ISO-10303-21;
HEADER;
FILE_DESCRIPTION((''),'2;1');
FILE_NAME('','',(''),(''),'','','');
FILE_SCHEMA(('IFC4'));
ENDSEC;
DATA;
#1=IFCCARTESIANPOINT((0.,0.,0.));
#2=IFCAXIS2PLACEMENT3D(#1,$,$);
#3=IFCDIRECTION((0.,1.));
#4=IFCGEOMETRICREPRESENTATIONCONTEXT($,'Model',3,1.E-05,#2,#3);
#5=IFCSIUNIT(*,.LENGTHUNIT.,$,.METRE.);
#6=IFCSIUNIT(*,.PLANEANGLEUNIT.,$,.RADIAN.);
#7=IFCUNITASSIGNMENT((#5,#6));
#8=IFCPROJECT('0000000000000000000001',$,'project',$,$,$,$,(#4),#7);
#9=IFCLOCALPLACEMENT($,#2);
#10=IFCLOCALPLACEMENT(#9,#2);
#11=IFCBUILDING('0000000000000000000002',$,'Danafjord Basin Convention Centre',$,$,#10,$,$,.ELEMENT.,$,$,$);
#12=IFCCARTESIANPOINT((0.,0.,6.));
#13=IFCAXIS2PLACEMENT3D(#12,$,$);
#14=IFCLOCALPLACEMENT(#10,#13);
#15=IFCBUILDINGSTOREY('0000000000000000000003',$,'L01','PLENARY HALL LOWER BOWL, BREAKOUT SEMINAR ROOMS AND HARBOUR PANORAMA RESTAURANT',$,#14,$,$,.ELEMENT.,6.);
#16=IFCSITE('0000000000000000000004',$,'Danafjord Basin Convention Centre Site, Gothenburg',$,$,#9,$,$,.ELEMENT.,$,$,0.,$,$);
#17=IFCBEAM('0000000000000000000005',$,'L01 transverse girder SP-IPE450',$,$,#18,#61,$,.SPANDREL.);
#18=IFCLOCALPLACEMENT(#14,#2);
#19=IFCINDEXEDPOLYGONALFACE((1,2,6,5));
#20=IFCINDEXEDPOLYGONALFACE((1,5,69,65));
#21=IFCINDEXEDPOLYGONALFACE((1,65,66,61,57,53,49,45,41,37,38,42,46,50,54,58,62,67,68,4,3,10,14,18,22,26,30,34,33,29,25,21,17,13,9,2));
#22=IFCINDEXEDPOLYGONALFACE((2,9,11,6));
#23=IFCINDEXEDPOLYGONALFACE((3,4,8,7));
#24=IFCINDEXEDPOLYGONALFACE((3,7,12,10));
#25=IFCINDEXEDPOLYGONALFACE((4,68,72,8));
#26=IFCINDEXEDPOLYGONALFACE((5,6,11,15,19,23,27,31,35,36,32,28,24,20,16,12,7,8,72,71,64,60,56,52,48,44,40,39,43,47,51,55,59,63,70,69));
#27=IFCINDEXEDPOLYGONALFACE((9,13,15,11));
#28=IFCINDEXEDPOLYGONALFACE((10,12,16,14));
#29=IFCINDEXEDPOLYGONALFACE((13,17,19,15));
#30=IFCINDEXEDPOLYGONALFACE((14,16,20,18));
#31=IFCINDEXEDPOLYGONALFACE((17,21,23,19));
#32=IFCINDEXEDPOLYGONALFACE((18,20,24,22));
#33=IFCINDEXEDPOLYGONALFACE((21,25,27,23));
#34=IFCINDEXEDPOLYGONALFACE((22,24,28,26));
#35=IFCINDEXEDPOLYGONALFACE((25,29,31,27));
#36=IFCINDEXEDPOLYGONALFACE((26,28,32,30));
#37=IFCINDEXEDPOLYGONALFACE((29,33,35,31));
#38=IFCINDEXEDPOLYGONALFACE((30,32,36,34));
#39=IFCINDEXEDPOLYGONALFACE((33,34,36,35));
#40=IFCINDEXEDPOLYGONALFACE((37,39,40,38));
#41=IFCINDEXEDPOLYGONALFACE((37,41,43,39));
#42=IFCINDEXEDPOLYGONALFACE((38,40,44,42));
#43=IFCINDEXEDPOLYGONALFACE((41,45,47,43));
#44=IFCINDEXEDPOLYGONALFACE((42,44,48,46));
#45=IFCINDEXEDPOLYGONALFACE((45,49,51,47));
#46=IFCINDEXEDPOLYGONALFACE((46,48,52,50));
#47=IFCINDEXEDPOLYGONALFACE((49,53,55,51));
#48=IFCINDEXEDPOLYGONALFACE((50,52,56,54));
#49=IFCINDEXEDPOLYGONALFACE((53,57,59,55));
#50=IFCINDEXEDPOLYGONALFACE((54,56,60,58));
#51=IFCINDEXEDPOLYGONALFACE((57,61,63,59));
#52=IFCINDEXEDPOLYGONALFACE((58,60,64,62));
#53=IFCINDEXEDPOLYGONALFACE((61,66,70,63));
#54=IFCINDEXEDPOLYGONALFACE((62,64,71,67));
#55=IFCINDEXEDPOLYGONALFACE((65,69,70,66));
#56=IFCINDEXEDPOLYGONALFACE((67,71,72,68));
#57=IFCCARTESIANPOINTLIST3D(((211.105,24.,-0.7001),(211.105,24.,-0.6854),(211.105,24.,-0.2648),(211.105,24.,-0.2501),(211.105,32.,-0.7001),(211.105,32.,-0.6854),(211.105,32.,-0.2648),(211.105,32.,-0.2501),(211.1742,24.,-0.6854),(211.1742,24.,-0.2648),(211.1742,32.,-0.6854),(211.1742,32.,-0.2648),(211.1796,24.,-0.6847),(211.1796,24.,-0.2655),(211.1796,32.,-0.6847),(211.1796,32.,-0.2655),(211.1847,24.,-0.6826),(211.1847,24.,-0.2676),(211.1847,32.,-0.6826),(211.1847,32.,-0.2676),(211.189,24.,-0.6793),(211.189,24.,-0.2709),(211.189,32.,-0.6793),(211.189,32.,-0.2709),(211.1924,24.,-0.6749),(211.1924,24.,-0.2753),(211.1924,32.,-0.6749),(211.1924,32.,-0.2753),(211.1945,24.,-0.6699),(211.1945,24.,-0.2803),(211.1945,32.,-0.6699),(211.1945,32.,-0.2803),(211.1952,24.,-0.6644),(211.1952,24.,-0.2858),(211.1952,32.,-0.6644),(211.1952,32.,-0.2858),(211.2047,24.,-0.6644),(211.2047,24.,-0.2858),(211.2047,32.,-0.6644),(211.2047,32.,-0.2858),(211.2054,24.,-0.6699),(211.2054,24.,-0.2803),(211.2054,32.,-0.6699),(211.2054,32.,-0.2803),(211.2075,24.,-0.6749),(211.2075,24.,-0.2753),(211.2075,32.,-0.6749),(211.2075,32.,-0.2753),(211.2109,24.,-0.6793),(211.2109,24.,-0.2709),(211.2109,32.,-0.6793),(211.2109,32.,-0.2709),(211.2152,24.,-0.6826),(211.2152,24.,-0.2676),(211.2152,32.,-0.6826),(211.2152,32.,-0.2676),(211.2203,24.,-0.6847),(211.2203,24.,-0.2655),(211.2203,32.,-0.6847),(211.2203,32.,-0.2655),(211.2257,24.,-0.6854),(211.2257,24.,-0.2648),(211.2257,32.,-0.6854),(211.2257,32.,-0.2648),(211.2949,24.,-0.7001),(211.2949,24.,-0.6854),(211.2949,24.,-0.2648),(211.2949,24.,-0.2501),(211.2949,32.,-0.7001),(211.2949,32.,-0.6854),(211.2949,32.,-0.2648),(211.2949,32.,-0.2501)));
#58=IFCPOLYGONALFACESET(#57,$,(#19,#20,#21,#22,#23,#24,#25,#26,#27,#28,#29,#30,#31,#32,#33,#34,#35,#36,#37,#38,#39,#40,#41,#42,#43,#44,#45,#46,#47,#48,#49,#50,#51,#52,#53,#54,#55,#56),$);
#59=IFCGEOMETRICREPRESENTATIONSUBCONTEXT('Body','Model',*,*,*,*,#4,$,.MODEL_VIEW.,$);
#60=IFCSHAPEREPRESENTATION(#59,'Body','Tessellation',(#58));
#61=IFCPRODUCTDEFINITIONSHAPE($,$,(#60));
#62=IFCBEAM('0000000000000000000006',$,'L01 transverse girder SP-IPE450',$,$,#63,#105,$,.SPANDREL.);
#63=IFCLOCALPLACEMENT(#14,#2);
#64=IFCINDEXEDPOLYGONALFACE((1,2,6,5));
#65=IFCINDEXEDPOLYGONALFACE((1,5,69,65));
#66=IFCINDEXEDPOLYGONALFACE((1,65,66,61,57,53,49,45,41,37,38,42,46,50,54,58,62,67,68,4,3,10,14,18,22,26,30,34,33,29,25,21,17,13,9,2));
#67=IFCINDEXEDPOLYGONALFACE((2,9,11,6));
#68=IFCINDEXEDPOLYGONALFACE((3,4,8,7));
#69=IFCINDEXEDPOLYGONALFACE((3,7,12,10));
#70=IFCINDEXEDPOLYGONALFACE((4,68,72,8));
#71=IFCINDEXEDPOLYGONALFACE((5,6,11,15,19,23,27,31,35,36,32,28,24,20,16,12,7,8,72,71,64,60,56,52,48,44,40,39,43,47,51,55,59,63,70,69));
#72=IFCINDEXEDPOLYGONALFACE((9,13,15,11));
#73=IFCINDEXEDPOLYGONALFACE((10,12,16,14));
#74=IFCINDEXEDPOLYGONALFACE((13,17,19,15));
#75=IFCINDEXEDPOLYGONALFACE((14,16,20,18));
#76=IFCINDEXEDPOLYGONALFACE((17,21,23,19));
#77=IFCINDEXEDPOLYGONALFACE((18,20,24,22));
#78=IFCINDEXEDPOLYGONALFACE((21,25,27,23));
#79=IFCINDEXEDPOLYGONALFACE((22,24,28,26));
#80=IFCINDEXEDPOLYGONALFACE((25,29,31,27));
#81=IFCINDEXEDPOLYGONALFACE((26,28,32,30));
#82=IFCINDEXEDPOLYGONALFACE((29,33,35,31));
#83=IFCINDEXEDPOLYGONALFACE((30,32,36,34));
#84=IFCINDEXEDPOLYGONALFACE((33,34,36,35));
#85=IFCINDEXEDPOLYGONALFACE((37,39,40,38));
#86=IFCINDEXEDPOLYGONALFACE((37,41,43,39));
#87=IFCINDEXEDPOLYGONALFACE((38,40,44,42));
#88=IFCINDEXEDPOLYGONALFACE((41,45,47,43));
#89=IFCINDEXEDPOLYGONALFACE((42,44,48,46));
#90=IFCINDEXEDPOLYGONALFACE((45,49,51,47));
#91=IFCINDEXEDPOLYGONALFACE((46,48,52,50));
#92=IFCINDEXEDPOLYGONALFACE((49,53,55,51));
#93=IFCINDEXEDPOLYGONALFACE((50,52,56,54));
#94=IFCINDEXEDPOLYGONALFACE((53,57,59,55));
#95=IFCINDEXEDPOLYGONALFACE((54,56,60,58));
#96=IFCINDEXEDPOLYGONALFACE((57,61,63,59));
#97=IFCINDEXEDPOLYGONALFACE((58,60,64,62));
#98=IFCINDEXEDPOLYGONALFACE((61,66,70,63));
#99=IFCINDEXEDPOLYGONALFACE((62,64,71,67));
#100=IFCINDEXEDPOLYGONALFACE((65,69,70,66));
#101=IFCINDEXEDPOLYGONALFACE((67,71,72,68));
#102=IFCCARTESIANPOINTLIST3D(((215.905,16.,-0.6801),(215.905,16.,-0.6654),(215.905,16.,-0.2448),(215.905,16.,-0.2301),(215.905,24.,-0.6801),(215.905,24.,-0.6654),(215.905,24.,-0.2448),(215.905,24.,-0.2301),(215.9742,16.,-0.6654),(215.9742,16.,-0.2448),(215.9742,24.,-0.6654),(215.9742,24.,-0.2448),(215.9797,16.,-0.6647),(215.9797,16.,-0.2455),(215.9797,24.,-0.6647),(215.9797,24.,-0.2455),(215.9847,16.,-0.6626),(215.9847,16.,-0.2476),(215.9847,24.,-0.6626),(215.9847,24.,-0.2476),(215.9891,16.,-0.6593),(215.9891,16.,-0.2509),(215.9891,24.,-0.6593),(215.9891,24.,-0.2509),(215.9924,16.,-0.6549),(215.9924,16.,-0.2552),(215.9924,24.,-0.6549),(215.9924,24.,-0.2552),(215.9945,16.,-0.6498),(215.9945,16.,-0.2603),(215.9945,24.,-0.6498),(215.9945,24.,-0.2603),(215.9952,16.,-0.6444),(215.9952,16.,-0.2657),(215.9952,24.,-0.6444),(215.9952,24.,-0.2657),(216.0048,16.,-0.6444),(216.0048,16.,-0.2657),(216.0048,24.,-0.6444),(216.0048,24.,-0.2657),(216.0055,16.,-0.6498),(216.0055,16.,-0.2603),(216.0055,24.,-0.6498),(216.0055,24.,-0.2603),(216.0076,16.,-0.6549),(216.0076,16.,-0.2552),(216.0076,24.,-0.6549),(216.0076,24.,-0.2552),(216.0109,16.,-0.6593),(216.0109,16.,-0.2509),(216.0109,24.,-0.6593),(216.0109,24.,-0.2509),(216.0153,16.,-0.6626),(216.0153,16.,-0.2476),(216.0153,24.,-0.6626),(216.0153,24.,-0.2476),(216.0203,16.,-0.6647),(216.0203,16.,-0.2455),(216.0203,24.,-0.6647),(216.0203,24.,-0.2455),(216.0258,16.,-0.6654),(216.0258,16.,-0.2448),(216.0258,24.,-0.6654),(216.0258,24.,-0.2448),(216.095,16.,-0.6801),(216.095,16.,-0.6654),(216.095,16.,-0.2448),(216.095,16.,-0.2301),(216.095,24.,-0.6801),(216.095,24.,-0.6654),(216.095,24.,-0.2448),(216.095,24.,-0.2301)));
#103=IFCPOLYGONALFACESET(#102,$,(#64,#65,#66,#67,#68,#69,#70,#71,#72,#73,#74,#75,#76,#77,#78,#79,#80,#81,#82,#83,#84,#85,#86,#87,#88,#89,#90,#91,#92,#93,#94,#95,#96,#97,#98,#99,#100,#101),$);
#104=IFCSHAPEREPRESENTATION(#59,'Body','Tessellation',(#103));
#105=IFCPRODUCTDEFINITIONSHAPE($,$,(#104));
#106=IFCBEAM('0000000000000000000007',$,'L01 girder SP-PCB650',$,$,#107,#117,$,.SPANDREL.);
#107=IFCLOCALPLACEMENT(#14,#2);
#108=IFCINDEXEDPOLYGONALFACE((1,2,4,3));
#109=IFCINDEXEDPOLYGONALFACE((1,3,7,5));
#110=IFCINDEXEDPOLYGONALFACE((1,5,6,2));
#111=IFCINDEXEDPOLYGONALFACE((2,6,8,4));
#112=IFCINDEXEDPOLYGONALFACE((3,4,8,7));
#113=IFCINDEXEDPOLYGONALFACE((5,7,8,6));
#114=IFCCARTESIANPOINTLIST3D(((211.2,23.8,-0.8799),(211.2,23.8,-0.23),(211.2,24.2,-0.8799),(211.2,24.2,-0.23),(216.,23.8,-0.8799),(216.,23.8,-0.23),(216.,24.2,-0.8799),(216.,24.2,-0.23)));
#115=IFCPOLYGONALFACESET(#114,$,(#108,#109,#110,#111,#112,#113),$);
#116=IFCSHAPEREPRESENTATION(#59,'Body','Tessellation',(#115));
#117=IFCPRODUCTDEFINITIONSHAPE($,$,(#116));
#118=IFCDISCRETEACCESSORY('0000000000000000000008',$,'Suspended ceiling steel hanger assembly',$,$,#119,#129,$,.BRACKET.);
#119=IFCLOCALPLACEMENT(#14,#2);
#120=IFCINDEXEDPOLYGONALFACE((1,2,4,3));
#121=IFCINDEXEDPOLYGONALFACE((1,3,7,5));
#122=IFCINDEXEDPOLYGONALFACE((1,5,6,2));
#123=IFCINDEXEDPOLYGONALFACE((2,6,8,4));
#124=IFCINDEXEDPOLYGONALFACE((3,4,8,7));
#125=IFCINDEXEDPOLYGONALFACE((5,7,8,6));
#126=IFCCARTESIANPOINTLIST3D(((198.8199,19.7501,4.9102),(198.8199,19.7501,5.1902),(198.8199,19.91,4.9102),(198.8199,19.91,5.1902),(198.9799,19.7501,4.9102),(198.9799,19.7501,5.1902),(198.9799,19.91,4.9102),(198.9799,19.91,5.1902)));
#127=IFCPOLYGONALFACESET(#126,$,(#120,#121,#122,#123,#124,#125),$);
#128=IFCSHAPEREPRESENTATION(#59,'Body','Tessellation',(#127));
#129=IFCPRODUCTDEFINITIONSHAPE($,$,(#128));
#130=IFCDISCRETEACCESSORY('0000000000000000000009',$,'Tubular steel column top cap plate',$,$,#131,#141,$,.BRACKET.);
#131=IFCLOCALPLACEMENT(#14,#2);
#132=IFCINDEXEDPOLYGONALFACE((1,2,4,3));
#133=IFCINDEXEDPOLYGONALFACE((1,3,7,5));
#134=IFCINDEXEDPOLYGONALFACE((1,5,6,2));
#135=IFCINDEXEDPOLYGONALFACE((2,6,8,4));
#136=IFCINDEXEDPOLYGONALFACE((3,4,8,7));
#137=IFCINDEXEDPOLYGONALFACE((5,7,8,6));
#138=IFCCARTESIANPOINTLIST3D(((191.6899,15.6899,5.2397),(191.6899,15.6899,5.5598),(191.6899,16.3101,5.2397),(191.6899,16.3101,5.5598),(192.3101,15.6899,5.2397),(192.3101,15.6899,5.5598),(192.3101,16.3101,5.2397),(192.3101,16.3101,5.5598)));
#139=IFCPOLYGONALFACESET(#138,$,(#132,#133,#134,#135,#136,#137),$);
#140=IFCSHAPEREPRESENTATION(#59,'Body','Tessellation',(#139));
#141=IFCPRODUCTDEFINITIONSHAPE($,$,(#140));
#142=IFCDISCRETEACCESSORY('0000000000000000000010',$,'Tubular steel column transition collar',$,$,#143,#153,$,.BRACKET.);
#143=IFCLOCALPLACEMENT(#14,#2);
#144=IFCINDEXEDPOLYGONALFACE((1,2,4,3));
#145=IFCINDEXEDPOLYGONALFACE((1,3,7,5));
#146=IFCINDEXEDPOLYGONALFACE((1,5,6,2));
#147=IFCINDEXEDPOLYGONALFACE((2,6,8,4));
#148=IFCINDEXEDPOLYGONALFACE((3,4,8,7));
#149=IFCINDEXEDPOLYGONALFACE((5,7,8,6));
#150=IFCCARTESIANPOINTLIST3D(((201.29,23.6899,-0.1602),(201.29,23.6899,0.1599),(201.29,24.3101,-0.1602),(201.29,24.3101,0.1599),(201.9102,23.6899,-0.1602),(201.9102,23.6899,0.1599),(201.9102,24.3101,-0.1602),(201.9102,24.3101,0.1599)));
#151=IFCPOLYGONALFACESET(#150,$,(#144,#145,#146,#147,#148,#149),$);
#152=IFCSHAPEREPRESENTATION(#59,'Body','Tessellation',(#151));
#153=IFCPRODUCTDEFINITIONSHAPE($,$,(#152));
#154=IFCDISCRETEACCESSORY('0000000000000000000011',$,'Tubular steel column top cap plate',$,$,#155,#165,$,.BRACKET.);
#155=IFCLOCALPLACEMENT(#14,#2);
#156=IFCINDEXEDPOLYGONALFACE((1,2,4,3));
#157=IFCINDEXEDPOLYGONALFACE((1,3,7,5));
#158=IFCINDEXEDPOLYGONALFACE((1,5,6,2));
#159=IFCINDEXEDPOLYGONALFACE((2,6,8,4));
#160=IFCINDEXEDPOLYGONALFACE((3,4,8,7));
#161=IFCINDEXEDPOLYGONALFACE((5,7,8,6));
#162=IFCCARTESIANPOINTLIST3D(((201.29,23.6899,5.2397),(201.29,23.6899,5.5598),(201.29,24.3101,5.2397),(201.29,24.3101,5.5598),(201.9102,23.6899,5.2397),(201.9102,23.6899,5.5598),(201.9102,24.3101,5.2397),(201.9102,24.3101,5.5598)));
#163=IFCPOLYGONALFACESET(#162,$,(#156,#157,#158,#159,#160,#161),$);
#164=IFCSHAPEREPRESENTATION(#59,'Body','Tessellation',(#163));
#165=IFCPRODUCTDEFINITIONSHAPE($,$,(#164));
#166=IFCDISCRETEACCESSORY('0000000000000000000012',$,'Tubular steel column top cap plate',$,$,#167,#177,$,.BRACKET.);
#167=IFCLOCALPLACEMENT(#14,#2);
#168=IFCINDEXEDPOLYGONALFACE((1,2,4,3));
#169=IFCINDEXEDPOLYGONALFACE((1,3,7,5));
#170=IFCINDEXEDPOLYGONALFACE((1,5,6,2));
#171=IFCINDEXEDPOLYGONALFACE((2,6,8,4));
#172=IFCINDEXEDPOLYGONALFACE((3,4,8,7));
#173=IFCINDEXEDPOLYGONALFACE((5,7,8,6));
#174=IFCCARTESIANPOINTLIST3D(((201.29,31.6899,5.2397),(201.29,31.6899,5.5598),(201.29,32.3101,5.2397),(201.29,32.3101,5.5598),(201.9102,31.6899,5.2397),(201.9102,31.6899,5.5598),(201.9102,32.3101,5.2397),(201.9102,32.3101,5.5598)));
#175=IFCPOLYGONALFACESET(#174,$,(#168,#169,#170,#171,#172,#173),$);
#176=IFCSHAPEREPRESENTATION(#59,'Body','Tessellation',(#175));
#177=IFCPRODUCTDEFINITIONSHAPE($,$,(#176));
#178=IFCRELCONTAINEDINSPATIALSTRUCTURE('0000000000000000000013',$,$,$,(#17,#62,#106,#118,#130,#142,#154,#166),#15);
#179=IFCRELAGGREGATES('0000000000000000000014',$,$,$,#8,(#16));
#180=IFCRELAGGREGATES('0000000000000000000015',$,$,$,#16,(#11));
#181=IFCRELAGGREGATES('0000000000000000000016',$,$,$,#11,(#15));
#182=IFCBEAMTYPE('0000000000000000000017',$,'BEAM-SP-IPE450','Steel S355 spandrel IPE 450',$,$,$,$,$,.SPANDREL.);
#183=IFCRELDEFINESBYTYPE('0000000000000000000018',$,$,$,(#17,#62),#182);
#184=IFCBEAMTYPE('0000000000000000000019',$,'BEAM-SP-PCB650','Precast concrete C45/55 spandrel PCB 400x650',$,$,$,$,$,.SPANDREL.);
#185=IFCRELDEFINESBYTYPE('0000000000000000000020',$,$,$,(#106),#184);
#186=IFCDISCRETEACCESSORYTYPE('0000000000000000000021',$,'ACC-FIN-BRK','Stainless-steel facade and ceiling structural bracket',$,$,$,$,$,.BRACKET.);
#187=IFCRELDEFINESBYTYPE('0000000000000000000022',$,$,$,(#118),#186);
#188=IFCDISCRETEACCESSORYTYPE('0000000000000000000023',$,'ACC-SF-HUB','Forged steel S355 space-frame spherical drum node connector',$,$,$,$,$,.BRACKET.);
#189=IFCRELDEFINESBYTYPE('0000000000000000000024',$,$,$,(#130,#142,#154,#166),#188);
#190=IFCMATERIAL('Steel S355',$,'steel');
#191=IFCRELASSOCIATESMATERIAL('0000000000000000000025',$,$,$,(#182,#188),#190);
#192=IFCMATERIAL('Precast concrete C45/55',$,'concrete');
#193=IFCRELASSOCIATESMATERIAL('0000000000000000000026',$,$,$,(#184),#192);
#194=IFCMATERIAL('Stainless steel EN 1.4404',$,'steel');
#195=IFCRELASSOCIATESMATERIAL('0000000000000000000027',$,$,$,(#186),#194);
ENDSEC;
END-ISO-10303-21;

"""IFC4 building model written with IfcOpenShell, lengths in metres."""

from ifc_helpers import new_model, si_unit, direction, frame, origin, origin_2d, place, context, subcontext, project, spatial, rectangle, i_section, extrude, material, material_profile, profile_set, type_object, element, save


model = new_model("IFC4")

# Units and contexts
model_context = context("Model", 3, precision=1e-05, world=origin(), true_north=direction((0.0, 1.0)))
body_context = subcontext(model_context, "Body", "Model", "MODEL_VIEW")
ifc_project = project(units=[si_unit("LENGTHUNIT", "METRE"), si_unit("PLANEANGLEUNIT", "RADIAN")], contexts=[model_context])

# Site, building, storey
site_placement = place(None, origin())
site = spatial("IfcSite", under=ifc_project, at=site_placement, Name="Danafjord Basin Convention Centre Site, Gothenburg", CompositionType="ELEMENT", RefElevation=0.0)
building_placement = place(site_placement, origin())
building = spatial("IfcBuilding", under=site, at=building_placement, Name="Danafjord Basin Convention Centre", CompositionType="ELEMENT")
storey_placement = place(building_placement, frame((0.0, 0.0, 6.0)))
storey = spatial("IfcBuildingStorey", under=building, at=storey_placement, Name="L01", Description="PLENARY HALL LOWER BOWL, BREAKOUT SEMINAR ROOMS AND HARBOUR PANORAMA RESTAURANT", CompositionType="ELEMENT", Elevation=6.0)

# Shared definitions
ifc_material_1 = material(Name="Steel S355", Category="steel")

# Beams
ifc_material_profile_1 = material_profile(ifc_material_1, i_section(OverallWidth=0.1899, OverallDepth=0.45, WebThickness=0.0095, FlangeThickness=0.0146, FilletRadius=0.021, at=origin_2d()), Name="IPE 450")
ifc_profile_set_1 = profile_set([ifc_material_profile_1], Name="Steel S355")
beam_type_1 = type_object("IfcBeamType", Name="BEAM-SP-IPE450", Description="Steel S355 spandrel IPE 450", PredefinedType="SPANDREL", material=ifc_profile_set_1)
for number, where, z_axis, x_axis, name in (
    (1, (211.2, 24.0, -0.4751), (0.0, 1.0, 0.0), (-1.0, 0.0, 0.0), "L01 transverse girder SP-IPE450"),
    (2, (216.0, 16.0, -0.4551), (0.0, 1.0, 0.0), (-1.0, 0.0, 0.0), "L01 transverse girder SP-IPE450"),
):
    element("IfcBeam", number, at=place(storey_placement, frame(where, z_axis=z_axis, x_axis=x_axis)), inside=storey, type_object=beam_type_1, Name=name, PredefinedType="SPANDREL", context=body_context, shape_type="SweptSolid", body=[
        extrude(i_section(OverallWidth=0.1899, OverallDepth=0.45, WebThickness=0.0095, FlangeThickness=0.0146, FilletRadius=0.021, at=origin_2d()), origin(), (0.0, 0.0, 1.0), 8.0),
    ])
ifc_material_2 = material(Name="Precast concrete C45/55", Category="concrete")
ifc_material_profile_2 = material_profile(ifc_material_2, rectangle(XDim=0.3999, YDim=0.6499, at=origin_2d()), Name="PCB 400x650")
ifc_profile_set_2 = profile_set([ifc_material_profile_2], Name="Precast concrete C45/55")
beam_type_2 = type_object("IfcBeamType", Name="BEAM-SP-PCB650", Description="Precast concrete C45/55 spandrel PCB 400x650", PredefinedType="SPANDREL", material=ifc_profile_set_2)
beam_1_placement = place(storey_placement, frame((211.2, 24.0, -0.5549), z_axis=(1.0, 0.0, 0.0), x_axis=(0.0, 1.0, 0.0)))
element("IfcBeam", 3, at=beam_1_placement, inside=storey, type_object=beam_type_2, Name="L01 girder SP-PCB650", PredefinedType="SPANDREL", context=body_context, shape_type="SweptSolid", body=[
    extrude(rectangle(XDim=0.3999, YDim=0.6499, at=origin_2d()), origin(), (0.0, 0.0, 1.0), 4.8),
])

# Discrete accessories
ifc_material_3 = material(Name="Stainless steel EN 1.4404", Category="steel")
discrete_accessory_type_1 = type_object("IfcDiscreteAccessoryType", Name="ACC-FIN-BRK", Description="Stainless-steel facade and ceiling structural bracket", PredefinedType="BRACKET", material=ifc_material_3)
discrete_accessory_placement = place(storey_placement, frame((198.8999, 19.8301, 4.9102), z_axis=(0.0, 0.0, 1.0), x_axis=(1.0, 0.0, 0.0)))
element("IfcDiscreteAccessory", 4, at=discrete_accessory_placement, inside=storey, type_object=discrete_accessory_type_1, Name="Suspended ceiling steel hanger assembly", PredefinedType="BRACKET", context=body_context, shape_type="SweptSolid", body=[
    extrude(rectangle(XDim=0.1599, YDim=0.1599, at=origin_2d()), origin(), (0.0, 0.0, 1.0), 0.28),
])
discrete_accessory_type_2 = type_object("IfcDiscreteAccessoryType", Name="ACC-SF-HUB", Description="Forged steel S355 space-frame spherical drum node connector", PredefinedType="BRACKET", material=ifc_material_1)
for number, where, z_axis, x_axis, name in (
    (5, (192.0, 16.0, 5.2397), (0.0, 0.0, 1.0), (1.0, 0.0, 0.0), "Tubular steel column top cap plate"),
    (6, (201.6001, 24.0, -0.1602), (0.0, 0.0, 1.0), (1.0, 0.0, 0.0), "Tubular steel column transition collar"),
    (7, (201.6001, 24.0, 5.2397), (0.0, 0.0, 1.0), (1.0, 0.0, 0.0), "Tubular steel column top cap plate"),
    (8, (201.6001, 32.0, 5.2397), (0.0, 0.0, 1.0), (1.0, 0.0, 0.0), "Tubular steel column top cap plate"),
):
    element("IfcDiscreteAccessory", number, at=place(storey_placement, frame(where, z_axis=z_axis, x_axis=x_axis)), inside=storey, type_object=discrete_accessory_type_2, Name=name, PredefinedType="BRACKET", context=body_context, shape_type="SweptSolid", body=[
        extrude(rectangle(XDim=0.6201, YDim=0.6201, at=origin_2d()), origin(), (0.0, 0.0, 1.0), 0.3201),
    ])

save(model, "model.ifc")
